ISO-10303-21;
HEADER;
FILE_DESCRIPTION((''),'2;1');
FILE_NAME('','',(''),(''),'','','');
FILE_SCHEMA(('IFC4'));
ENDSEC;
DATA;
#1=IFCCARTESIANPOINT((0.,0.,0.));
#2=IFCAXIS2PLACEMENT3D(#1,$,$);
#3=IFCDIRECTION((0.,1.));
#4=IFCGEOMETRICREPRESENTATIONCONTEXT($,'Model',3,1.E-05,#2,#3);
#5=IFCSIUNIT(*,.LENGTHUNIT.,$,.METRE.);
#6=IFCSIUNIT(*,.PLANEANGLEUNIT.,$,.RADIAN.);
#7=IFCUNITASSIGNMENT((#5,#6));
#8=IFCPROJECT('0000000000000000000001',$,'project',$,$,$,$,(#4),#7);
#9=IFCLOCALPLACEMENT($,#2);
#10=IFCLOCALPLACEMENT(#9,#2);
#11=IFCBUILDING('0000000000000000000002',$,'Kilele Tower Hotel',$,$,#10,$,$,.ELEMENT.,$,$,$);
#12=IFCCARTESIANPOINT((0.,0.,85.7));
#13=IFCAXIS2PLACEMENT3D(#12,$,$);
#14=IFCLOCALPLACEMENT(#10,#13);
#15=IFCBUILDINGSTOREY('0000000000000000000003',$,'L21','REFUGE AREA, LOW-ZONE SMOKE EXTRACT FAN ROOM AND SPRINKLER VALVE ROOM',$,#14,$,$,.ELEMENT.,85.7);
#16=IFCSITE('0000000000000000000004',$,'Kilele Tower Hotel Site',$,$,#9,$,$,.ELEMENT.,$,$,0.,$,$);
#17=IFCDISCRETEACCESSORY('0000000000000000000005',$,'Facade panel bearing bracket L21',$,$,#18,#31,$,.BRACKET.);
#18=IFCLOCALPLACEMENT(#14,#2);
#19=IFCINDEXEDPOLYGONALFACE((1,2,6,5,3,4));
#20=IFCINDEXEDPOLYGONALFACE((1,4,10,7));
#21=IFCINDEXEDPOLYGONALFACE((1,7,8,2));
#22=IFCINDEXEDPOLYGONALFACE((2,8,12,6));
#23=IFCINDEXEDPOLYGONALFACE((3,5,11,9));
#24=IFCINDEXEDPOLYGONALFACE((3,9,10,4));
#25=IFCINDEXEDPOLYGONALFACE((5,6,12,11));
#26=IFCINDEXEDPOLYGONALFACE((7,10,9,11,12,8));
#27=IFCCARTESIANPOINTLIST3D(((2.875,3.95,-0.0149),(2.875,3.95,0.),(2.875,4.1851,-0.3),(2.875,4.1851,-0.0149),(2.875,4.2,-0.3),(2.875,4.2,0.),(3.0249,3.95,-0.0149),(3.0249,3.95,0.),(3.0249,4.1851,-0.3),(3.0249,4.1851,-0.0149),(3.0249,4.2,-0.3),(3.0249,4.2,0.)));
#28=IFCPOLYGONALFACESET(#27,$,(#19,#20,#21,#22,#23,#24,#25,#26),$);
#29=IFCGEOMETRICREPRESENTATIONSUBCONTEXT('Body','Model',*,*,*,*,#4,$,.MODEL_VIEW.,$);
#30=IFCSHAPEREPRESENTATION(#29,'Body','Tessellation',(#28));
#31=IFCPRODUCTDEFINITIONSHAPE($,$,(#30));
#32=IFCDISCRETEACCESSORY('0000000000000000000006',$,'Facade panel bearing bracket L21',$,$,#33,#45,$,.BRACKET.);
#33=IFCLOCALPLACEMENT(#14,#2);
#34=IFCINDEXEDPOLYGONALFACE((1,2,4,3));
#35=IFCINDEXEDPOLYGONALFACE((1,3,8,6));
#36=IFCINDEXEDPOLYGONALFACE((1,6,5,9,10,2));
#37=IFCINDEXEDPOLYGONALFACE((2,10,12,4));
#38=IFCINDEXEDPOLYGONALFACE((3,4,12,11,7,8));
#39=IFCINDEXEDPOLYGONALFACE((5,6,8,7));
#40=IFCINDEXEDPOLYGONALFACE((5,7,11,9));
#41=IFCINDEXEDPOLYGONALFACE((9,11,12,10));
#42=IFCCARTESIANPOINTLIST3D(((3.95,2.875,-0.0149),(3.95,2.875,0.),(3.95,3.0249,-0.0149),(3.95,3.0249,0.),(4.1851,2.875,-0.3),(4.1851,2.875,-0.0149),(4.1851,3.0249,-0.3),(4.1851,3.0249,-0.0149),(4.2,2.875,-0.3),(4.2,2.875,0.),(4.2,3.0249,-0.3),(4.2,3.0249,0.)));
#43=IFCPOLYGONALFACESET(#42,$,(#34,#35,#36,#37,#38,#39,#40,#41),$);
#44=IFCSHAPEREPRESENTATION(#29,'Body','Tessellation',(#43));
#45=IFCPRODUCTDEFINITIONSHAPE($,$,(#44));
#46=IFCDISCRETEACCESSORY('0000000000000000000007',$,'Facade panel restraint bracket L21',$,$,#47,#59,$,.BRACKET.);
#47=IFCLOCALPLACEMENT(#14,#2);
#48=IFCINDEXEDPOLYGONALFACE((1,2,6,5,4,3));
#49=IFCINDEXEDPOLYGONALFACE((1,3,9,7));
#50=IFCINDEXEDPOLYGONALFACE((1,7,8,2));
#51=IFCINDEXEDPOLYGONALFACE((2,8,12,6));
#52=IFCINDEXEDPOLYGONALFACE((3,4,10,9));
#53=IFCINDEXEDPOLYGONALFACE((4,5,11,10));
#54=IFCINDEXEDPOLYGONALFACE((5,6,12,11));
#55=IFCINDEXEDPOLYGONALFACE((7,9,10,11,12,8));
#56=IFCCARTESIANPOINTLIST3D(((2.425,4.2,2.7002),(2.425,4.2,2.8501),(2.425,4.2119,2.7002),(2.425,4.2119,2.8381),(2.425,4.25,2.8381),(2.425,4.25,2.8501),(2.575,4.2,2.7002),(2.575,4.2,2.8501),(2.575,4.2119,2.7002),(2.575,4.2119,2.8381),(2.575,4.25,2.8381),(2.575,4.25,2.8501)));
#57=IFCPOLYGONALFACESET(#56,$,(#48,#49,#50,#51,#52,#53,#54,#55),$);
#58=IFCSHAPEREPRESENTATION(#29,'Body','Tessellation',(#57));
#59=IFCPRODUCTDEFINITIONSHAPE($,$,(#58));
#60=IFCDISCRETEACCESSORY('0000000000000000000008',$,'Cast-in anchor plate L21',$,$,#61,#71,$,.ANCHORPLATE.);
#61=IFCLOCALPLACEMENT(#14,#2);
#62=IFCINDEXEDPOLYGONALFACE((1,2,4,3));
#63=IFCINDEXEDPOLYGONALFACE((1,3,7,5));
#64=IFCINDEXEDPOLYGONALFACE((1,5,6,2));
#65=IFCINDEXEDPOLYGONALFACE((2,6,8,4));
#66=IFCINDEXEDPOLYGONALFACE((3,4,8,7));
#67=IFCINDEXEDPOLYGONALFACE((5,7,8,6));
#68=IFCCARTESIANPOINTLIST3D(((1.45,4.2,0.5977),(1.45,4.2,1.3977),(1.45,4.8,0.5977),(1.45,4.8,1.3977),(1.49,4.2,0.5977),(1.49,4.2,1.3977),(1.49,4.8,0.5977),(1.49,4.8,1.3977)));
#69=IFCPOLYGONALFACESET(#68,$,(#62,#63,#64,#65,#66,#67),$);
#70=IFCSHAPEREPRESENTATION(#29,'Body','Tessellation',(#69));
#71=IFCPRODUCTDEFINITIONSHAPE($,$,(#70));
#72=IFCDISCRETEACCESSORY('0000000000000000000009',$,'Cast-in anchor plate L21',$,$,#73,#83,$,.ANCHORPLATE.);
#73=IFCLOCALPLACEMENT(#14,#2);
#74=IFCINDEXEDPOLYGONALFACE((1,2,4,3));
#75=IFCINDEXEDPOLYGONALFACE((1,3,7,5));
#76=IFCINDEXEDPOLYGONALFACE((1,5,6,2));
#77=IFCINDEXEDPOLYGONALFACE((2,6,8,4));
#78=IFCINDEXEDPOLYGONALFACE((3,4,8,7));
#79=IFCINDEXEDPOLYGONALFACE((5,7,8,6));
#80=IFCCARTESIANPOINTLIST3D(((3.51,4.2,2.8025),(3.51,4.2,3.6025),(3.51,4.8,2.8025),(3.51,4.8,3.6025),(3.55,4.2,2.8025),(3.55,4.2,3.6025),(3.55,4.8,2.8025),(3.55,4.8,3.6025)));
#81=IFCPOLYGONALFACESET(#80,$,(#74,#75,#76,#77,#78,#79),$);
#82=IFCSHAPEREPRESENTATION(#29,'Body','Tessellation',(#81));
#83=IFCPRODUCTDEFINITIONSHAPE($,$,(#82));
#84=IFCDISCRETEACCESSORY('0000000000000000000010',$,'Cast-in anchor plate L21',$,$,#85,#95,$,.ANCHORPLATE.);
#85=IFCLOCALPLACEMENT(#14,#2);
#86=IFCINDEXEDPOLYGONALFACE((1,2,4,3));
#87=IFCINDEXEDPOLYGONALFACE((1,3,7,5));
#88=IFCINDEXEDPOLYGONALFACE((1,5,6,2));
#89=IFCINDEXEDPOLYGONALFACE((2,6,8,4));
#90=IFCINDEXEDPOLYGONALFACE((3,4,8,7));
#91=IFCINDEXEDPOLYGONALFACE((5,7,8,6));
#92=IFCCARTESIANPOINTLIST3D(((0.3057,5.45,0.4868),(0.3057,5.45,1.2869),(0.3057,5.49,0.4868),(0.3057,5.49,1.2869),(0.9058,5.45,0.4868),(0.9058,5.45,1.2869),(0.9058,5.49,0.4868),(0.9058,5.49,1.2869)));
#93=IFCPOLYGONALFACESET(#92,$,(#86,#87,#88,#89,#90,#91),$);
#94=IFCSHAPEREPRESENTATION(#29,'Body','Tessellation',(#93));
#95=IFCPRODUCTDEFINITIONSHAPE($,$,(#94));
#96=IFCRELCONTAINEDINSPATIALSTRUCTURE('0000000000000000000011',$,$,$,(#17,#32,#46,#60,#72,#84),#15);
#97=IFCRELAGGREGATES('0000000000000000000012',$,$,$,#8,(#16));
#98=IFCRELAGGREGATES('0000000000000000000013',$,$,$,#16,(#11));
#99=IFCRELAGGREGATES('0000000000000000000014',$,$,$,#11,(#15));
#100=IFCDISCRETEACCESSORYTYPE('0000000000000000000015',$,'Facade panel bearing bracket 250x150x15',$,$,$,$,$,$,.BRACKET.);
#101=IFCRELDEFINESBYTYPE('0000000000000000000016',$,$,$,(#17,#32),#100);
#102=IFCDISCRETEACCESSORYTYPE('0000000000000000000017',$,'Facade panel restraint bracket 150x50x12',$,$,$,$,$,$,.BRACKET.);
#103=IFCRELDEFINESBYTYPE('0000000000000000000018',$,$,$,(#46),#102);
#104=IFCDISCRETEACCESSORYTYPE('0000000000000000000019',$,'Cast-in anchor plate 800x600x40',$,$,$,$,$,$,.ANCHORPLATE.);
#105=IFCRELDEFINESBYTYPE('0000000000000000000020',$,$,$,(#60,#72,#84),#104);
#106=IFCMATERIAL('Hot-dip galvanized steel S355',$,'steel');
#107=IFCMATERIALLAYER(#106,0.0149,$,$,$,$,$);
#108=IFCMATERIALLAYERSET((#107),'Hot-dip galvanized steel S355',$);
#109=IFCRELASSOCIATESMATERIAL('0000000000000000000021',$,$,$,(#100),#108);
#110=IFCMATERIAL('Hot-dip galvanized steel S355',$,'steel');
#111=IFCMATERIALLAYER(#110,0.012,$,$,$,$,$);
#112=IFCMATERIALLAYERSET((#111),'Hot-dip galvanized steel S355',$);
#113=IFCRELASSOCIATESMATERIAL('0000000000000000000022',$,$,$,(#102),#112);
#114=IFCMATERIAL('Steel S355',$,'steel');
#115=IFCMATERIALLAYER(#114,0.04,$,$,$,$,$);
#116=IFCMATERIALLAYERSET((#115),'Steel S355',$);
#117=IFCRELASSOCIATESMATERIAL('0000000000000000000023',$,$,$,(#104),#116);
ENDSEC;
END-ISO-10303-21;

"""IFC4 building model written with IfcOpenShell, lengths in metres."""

from ifc_helpers import new_model, si_unit, direction, frame, origin, place, context, subcontext, project, spatial, polyline, outline, extrude, source, transform, mapped, material, layer, layer_set, type_object, element, save


model = new_model("IFC4")

# Units and contexts
model_context = context("Model", 3, precision=1e-05, world=origin(), true_north=direction((0.0, 1.0)))
body_context = subcontext(model_context, "Body", "Model", "MODEL_VIEW")
ifc_project = project(units=[si_unit("LENGTHUNIT", "METRE"), si_unit("PLANEANGLEUNIT", "RADIAN")], contexts=[model_context])

# Site, building, storey
site_placement = place(None, origin())
site = spatial("IfcSite", under=ifc_project, at=site_placement, Name="Kilele Tower Hotel Site", CompositionType="ELEMENT", RefElevation=0.0)
building_placement = place(site_placement, origin())
building = spatial("IfcBuilding", under=site, at=building_placement, Name="Kilele Tower Hotel", CompositionType="ELEMENT")
storey_placement = place(building_placement, frame((0.0, 0.0, 85.7)))
storey = spatial("IfcBuildingStorey", under=building, at=storey_placement, Name="L21", Description="REFUGE AREA, LOW-ZONE SMOKE EXTRACT FAN ROOM AND SPRINKLER VALVE ROOM", CompositionType="ELEMENT", Elevation=85.7)

# Discrete accessories
ifc_material_1 = material(Name="Hot-dip galvanized steel S355", Category="steel")
ifc_layer_1 = layer(ifc_material_1, 0.0149)
ifc_layer_set_1 = layer_set([ifc_layer_1], Name="Hot-dip galvanized steel S355")
discrete_accessory_type_1 = type_object("IfcDiscreteAccessoryType", Name="Facade panel bearing bracket 250x150x15", PredefinedType="BRACKET", material=ifc_layer_set_1)
shared_shape_1 = source(origin(), body_context, "Body", "SweptSolid", [
    extrude(outline(polyline([(0.0, 0.0), (0.25, 0.0), (0.25, -0.0149), (0.0149, -0.0149), (0.0149, -0.3), (0.0, -0.3), (0.0, 0.0)])), origin(), (0.0, 0.0, 1.0), 0.1499),
])
for number, where, z_axis, x_axis, name in (
    (1, (3.0249, 4.2, 0.0), (-1.0, 0.0, 0.0), (0.0, -1.0, 0.0), "Facade panel bearing bracket L21"),
    (2, (4.2, 2.875, 0.0), (0.0, 1.0, 0.0), (-1.0, 0.0, 0.0), "Facade panel bearing bracket L21"),
):
    element("IfcDiscreteAccessory", number, at=place(storey_placement, frame(where, z_axis=z_axis, x_axis=x_axis)), inside=storey, type_object=discrete_accessory_type_1, Name=name, PredefinedType="BRACKET", context=body_context, shape_type="MappedRepresentation", body=[
        mapped(shared_shape_1, transform((0.0, 0.0, 0.0))),
    ])
ifc_material_2 = material(Name="Hot-dip galvanized steel S355", Category="steel")
ifc_layer_2 = layer(ifc_material_2, 0.012)
ifc_layer_set_2 = layer_set([ifc_layer_2], Name="Hot-dip galvanized steel S355")
discrete_accessory_type_2 = type_object("IfcDiscreteAccessoryType", Name="Facade panel restraint bracket 150x50x12", PredefinedType="BRACKET", material=ifc_layer_set_2)
shared_shape_2 = source(origin(), body_context, "Body", "SweptSolid", [
    extrude(outline(polyline([(0.0, 0.0), (0.0, -0.1499), (-0.012, -0.1499), (-0.012, -0.012), (-0.05, -0.012), (-0.05, 0.0), (0.0, 0.0)])), origin(), (0.0, 0.0, 1.0), 0.1499),
])
discrete_accessory_placement = place(storey_placement, frame((2.575, 4.2, 2.8501), z_axis=(-1.0, 0.0, 0.0), x_axis=(0.0, -1.0, 0.0)))
element("IfcDiscreteAccessory", 3, at=discrete_accessory_placement, inside=storey, type_object=discrete_accessory_type_2, Name="Facade panel restraint bracket L21", PredefinedType="BRACKET", context=body_context, shape_type="MappedRepresentation", body=[
    mapped(shared_shape_2, transform((0.0, 0.0, 0.0))),
])
ifc_material_3 = material(Name="Steel S355", Category="steel")
ifc_layer_3 = layer(ifc_material_3, 0.04)
ifc_layer_set_3 = layer_set([ifc_layer_3], Name="Steel S355")
discrete_accessory_type_3 = type_object("IfcDiscreteAccessoryType", Name="Cast-in anchor plate 800x600x40", PredefinedType="ANCHORPLATE", material=ifc_layer_set_3)
shared_shape_3 = source(origin(), body_context, "Body", "SweptSolid", [
    extrude(outline(polyline([(0.0, 0.0), (0.04, 0.0), (0.04, 0.8), (0.0, 0.8), (0.0, 0.0)])), origin(), (0.0, 0.0, 1.0), 0.6001),
])
for number, where, z_axis, x_axis, name in (
    (4, (1.45, 4.8, 0.5977), (0.0, -1.0, 0.0), (1.0, 0.0, 0.0), "Cast-in anchor plate L21"),
    (5, (3.55, 4.2, 2.8025), (0.0, 1.0, 0.0), (-1.0, 0.0, 0.0), "Cast-in anchor plate L21"),
    (6, (0.3057, 5.45, 0.4868), (1.0, 0.0, 0.0), (0.0, 1.0, 0.0), "Cast-in anchor plate L21"),
):
    element("IfcDiscreteAccessory", number, at=place(storey_placement, frame(where, z_axis=z_axis, x_axis=x_axis)), inside=storey, type_object=discrete_accessory_type_3, Name=name, PredefinedType="ANCHORPLATE", context=body_context, shape_type="MappedRepresentation", body=[
        mapped(shared_shape_3, transform((0.0, 0.0, 0.0))),
    ])

save(model, "model.ifc")
